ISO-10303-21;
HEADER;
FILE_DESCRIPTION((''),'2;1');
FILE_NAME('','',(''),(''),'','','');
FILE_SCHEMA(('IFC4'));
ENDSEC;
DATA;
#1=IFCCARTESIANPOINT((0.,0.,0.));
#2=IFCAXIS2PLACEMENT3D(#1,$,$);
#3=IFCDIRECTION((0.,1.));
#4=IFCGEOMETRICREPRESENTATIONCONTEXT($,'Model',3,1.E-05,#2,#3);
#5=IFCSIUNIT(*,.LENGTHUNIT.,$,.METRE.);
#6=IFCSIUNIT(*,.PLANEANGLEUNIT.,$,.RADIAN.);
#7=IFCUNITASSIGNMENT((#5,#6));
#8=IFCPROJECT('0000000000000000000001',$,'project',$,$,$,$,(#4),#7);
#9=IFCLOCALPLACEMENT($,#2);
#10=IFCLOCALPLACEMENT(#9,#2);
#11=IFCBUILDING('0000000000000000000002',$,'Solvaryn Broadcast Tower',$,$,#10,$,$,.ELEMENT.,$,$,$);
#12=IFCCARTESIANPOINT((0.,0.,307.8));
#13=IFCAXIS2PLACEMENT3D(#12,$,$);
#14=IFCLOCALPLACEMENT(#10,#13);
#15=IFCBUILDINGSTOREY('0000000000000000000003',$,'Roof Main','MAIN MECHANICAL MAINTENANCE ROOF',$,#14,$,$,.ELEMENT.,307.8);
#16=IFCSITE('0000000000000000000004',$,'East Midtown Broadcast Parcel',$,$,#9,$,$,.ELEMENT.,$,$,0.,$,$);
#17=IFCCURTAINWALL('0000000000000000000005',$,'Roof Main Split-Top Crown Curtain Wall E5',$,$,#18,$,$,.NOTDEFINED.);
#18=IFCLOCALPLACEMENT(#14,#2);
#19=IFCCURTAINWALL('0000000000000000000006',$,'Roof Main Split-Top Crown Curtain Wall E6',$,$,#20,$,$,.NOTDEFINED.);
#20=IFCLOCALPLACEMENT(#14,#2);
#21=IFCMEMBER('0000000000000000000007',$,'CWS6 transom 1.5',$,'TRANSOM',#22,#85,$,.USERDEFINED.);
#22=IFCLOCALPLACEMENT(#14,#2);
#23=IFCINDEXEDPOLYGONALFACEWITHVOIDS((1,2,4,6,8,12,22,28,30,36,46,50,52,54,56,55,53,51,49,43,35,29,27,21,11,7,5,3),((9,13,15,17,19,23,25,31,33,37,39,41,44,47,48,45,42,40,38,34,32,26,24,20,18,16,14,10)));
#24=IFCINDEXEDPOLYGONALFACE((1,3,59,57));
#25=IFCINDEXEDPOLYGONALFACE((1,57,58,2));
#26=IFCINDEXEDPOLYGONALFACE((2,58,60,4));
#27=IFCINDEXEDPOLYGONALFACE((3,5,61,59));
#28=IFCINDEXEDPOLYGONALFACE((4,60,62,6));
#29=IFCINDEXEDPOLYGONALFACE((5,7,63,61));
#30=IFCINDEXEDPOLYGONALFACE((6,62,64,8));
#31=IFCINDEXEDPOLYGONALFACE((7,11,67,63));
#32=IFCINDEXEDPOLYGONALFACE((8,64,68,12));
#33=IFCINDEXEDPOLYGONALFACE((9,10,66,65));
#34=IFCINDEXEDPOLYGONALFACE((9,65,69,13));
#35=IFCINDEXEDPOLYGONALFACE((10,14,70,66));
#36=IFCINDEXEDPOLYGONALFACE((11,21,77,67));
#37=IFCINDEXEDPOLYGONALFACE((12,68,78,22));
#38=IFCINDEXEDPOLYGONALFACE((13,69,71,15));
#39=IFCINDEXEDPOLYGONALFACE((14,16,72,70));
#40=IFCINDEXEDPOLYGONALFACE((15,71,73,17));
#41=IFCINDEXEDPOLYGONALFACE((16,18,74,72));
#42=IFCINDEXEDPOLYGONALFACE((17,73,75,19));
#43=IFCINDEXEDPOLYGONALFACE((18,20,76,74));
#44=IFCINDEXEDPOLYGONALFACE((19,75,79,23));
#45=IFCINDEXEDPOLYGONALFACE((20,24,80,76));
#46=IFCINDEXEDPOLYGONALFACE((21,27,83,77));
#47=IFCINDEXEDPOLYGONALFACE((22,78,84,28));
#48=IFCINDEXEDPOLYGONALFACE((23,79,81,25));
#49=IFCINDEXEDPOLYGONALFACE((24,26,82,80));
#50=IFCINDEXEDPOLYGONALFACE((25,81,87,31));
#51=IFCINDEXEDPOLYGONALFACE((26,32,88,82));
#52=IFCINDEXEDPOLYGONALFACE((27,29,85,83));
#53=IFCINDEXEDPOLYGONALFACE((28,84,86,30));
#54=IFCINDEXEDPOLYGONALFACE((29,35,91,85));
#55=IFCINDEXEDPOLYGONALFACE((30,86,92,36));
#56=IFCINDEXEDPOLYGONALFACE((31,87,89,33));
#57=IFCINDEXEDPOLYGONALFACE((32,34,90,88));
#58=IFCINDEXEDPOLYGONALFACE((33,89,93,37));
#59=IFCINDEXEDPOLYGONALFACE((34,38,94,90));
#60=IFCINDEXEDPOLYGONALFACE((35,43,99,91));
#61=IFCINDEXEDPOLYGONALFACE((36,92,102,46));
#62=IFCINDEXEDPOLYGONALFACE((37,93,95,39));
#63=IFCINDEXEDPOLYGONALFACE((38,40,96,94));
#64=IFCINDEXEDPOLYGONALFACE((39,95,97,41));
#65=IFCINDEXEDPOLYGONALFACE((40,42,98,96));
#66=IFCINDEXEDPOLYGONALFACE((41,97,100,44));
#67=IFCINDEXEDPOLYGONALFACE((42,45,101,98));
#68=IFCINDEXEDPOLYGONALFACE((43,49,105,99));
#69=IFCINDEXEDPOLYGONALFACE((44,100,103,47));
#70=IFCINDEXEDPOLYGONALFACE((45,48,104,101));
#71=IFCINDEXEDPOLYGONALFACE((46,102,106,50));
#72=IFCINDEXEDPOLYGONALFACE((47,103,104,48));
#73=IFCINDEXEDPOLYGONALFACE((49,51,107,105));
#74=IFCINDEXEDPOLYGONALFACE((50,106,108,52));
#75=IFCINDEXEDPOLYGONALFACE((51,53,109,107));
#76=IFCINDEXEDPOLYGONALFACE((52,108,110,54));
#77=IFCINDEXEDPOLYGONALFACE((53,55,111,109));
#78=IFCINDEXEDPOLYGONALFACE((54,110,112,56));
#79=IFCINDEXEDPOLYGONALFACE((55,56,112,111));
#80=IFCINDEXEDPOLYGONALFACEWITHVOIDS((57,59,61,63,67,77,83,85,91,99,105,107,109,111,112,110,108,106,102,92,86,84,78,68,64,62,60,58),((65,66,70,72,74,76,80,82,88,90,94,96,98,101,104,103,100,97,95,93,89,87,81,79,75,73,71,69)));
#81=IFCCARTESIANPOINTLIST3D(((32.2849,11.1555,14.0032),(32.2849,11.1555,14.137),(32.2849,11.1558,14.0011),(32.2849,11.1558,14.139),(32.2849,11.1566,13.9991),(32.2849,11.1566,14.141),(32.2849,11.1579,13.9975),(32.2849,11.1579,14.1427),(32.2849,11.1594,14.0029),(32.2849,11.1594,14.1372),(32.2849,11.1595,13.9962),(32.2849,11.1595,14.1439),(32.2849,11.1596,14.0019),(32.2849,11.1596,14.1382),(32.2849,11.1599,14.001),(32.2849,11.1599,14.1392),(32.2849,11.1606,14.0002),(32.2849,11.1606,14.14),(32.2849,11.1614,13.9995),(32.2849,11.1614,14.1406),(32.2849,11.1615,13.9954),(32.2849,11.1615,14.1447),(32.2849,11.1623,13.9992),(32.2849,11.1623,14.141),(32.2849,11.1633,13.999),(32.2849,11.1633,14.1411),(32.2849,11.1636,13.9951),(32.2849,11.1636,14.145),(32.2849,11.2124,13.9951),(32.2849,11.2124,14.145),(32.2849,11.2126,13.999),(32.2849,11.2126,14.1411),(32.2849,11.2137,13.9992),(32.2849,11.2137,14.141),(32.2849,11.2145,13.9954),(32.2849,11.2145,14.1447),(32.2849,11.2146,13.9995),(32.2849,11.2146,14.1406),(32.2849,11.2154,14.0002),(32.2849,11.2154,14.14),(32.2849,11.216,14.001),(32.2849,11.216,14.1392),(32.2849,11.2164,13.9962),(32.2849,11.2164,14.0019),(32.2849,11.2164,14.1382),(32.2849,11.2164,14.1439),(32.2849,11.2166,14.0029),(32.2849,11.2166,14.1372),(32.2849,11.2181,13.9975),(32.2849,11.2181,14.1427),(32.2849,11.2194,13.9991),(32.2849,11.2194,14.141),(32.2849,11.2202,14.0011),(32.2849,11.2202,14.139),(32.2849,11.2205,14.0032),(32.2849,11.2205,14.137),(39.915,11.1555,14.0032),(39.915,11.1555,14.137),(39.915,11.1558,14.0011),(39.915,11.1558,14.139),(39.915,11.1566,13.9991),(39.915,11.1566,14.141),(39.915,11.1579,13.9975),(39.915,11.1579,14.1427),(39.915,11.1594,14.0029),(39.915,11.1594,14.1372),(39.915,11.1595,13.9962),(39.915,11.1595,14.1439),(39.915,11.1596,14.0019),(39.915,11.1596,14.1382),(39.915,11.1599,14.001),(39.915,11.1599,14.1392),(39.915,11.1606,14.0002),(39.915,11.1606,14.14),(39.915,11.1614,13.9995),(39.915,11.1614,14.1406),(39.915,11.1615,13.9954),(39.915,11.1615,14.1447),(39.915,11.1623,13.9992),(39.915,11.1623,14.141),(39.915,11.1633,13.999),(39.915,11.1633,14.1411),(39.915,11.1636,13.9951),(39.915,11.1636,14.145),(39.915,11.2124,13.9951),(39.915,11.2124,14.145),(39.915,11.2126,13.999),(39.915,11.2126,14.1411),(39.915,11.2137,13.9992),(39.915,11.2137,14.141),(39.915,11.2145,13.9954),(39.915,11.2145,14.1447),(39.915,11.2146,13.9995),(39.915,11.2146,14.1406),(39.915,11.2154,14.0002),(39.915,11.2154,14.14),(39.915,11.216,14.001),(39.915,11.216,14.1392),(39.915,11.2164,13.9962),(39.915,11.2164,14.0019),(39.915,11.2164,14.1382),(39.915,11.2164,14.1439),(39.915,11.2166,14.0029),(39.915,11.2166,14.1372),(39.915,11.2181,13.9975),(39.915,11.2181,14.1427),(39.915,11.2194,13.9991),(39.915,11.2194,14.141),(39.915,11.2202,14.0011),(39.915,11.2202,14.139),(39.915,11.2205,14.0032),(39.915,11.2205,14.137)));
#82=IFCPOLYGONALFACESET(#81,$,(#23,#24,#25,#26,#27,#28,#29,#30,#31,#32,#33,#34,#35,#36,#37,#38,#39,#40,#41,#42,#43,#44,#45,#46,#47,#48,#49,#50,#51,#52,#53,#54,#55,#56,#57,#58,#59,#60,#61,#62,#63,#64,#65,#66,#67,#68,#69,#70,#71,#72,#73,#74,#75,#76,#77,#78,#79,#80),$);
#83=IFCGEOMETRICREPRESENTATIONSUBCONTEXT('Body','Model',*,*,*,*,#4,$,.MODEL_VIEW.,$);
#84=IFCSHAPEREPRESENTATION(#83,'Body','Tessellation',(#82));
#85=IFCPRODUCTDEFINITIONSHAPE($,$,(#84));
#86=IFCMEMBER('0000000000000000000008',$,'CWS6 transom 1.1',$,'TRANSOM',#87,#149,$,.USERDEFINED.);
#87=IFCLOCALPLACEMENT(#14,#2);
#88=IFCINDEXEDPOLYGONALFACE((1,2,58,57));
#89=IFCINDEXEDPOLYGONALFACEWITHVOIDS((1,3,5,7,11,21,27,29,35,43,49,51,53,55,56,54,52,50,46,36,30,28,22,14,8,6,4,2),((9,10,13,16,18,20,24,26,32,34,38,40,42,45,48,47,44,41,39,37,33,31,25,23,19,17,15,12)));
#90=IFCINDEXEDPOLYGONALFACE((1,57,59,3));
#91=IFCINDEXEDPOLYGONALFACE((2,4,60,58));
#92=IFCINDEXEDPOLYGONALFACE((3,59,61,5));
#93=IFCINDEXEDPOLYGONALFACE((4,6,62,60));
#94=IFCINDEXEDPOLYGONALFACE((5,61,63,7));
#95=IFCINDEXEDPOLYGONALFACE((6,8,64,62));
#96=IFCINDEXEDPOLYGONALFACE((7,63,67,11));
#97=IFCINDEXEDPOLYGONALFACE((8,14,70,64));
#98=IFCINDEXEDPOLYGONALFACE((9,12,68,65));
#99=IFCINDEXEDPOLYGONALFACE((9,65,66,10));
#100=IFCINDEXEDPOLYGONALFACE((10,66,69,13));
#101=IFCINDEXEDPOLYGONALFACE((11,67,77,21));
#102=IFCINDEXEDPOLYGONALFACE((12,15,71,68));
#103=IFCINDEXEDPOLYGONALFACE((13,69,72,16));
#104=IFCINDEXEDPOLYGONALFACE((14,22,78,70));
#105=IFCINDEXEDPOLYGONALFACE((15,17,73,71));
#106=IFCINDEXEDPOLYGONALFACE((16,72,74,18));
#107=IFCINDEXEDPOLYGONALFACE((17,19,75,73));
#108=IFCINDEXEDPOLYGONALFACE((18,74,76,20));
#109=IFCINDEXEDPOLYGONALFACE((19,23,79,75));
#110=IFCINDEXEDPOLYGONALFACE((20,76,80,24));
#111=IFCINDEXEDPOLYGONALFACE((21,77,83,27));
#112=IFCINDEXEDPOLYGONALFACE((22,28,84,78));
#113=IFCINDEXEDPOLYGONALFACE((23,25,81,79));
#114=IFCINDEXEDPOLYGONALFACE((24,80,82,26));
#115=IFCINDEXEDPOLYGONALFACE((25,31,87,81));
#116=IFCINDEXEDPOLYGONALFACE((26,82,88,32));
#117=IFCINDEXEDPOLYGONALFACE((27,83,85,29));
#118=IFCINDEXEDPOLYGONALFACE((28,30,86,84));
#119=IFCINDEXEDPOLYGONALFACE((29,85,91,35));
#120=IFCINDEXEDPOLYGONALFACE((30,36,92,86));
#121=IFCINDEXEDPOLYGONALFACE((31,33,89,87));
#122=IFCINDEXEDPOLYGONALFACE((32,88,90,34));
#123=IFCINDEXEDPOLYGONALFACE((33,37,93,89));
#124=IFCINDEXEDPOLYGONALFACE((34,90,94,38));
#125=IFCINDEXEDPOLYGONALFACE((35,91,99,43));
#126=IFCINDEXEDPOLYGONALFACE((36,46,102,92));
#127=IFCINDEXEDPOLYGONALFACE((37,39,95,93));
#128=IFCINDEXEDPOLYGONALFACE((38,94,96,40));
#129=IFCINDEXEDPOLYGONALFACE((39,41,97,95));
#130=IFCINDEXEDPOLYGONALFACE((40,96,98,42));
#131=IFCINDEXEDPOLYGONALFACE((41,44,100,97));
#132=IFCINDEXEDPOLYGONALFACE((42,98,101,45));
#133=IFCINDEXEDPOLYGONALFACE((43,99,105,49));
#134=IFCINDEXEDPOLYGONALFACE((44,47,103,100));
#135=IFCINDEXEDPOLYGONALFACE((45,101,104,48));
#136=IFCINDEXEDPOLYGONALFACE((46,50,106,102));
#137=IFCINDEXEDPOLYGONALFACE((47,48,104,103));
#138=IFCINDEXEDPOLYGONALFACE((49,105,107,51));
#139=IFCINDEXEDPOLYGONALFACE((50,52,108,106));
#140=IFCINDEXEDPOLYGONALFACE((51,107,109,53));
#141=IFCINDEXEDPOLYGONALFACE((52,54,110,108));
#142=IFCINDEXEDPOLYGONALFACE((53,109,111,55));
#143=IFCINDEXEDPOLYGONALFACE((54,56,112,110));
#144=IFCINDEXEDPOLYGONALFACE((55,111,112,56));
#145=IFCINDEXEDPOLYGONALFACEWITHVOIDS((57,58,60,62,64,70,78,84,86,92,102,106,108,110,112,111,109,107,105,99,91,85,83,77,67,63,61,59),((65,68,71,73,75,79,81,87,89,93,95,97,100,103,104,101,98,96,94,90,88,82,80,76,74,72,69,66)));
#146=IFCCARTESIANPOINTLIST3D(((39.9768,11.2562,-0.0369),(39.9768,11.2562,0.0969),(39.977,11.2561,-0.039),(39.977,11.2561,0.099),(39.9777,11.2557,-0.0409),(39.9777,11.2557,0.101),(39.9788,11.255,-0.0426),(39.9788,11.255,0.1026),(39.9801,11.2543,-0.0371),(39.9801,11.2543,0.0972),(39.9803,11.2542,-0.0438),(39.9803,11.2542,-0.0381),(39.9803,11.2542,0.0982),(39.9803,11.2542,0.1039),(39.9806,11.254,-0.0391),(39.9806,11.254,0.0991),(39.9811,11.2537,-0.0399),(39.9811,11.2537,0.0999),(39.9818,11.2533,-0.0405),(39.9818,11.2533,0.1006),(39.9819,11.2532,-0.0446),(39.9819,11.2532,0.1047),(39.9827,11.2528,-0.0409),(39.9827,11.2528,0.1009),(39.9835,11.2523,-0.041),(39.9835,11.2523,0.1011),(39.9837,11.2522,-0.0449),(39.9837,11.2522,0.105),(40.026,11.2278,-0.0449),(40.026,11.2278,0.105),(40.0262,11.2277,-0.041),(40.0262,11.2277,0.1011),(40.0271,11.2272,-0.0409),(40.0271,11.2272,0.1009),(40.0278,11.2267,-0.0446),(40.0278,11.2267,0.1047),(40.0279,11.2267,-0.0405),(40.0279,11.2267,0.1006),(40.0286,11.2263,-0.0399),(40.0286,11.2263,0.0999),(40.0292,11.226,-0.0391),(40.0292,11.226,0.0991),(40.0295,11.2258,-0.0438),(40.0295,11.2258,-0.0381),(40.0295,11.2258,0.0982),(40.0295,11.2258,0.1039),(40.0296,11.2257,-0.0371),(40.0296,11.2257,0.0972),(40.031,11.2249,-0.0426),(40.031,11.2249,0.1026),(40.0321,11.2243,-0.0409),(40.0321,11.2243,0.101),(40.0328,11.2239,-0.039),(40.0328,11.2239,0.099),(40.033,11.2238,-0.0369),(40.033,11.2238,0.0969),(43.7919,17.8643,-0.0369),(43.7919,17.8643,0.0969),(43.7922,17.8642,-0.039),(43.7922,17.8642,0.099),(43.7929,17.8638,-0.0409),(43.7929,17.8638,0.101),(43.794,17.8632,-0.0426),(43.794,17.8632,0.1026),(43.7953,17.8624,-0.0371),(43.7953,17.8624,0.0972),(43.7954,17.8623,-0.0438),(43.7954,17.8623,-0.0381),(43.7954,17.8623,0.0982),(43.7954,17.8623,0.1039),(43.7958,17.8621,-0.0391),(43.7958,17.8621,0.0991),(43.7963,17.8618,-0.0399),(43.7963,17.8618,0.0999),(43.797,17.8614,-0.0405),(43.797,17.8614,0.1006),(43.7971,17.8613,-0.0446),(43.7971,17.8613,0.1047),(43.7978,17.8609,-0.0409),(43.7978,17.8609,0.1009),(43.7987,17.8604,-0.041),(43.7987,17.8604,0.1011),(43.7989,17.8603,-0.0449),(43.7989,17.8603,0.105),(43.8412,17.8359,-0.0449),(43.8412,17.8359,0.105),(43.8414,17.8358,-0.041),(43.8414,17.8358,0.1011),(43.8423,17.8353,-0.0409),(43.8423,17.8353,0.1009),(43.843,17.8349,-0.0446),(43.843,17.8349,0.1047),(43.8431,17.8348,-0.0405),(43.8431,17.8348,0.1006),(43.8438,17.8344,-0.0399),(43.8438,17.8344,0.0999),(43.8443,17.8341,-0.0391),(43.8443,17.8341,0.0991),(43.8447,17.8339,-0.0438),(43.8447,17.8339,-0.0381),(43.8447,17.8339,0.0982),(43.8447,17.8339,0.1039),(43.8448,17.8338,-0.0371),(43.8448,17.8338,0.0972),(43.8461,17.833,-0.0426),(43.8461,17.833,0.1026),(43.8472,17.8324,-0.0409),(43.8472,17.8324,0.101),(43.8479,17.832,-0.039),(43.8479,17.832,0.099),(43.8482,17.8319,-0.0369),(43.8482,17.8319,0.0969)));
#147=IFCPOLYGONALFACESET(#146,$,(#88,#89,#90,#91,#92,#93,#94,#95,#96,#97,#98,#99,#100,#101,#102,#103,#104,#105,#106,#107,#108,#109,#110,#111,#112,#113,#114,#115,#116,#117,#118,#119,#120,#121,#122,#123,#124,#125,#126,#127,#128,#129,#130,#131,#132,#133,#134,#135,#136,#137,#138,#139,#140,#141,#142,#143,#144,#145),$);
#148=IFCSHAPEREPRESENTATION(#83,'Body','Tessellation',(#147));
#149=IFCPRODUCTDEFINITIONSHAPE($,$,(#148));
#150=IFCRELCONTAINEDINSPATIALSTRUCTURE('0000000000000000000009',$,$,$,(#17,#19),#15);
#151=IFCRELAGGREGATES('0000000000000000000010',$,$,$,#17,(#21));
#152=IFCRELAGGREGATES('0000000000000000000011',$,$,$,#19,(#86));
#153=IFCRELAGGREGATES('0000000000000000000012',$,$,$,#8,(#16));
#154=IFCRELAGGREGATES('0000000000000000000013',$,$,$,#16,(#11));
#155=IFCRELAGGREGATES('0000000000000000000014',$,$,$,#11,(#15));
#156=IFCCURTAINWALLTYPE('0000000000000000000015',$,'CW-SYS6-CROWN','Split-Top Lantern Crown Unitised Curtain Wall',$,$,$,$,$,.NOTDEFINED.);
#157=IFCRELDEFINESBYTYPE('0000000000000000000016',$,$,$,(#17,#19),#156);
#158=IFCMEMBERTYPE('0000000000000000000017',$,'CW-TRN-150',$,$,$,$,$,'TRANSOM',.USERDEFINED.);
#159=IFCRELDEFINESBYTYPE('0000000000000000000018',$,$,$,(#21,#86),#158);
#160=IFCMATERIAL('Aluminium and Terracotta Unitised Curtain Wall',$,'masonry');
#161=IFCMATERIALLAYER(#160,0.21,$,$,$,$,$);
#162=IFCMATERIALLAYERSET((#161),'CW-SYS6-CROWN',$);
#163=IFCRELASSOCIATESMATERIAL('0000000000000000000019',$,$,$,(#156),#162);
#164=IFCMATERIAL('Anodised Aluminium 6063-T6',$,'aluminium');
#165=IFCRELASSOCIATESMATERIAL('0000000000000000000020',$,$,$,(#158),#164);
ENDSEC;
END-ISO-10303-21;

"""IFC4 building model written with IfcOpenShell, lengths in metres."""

from ifc_helpers import new_model, si_unit, direction, frame, origin, origin_2d, place, context, subcontext, project, spatial, hollow_rectangle, extrude, material, layer, layer_set, material_profile, profile_set, type_object, element, aggregate, save


model = new_model("IFC4")

# Units and contexts
model_context = context("Model", 3, precision=1e-05, world=origin(), true_north=direction((0.0, 1.0)))
body_context = subcontext(model_context, "Body", "Model", "MODEL_VIEW")
ifc_project = project(units=[si_unit("LENGTHUNIT", "METRE"), si_unit("PLANEANGLEUNIT", "RADIAN")], contexts=[model_context])

# Site, building, storey
site_placement = place(None, origin())
site = spatial("IfcSite", under=ifc_project, at=site_placement, Name="East Midtown Broadcast Parcel", CompositionType="ELEMENT", RefElevation=0.0)
building_placement = place(site_placement, origin())
building = spatial("IfcBuilding", under=site, at=building_placement, Name="Solvaryn Broadcast Tower", CompositionType="ELEMENT")
storey_placement = place(building_placement, frame((0.0, 0.0, 307.8)))
storey = spatial("IfcBuildingStorey", under=building, at=storey_placement, Name="Roof Main", Description="MAIN MECHANICAL MAINTENANCE ROOF", CompositionType="ELEMENT", Elevation=307.8)

# Curtain wall
ifc_material_1 = material(Name="Aluminium and Terracotta Unitised Curtain Wall", Category="masonry")
ifc_layer_1 = layer(ifc_material_1, 0.21)
ifc_layer_set_1 = layer_set([ifc_layer_1], Name="CW-SYS6-CROWN")
curtain_wall_type = type_object("IfcCurtainWallType", Name="CW-SYS6-CROWN", Description="Split-Top Lantern Crown Unitised Curtain Wall", PredefinedType="NOTDEFINED", material=ifc_layer_set_1)
curtain_wall_1_placement = place(storey_placement, origin())
curtain_wall_1 = element("IfcCurtainWall", 1, at=curtain_wall_1_placement, inside=storey, type_object=curtain_wall_type, Name="Roof Main Split-Top Crown Curtain Wall E5", PredefinedType="NOTDEFINED")

# Curtain wall
curtain_wall_2_placement = place(storey_placement, origin())
curtain_wall_2 = element("IfcCurtainWall", 2, at=curtain_wall_2_placement, inside=storey, type_object=curtain_wall_type, Name="Roof Main Split-Top Crown Curtain Wall E6", PredefinedType="NOTDEFINED")

# Members
ifc_material_2 = material(Name="Anodised Aluminium 6063-T6", Category="aluminium")
ifc_material_profile_1 = material_profile(ifc_material_2, hollow_rectangle(XDim=0.0649, YDim=0.1499, WallThickness=0.0039, InnerFilletRadius=0.0039, OuterFilletRadius=0.0081, at=origin_2d()))
ifc_profile_set_1 = profile_set([ifc_material_profile_1], Name="Anodised Aluminium 6063-T6")
member_type_1 = type_object("IfcMemberType", Name="CW-TRN-150", ElementType="TRANSOM", PredefinedType="USERDEFINED", material=ifc_profile_set_1)
member_1_placement = place(storey_placement, frame((32.2849, 11.188, 14.0701), z_axis=(1.0, 0.0, 0.0), x_axis=(0.0, 1.0, 0.0)))
member_1 = element("IfcMember", 3, at=member_1_placement, type_object=member_type_1, Name="CWS6 transom 1.5", ObjectType="TRANSOM", PredefinedType="USERDEFINED", context=body_context, shape_type="SweptSolid", body=[
    extrude(hollow_rectangle(XDim=0.0649, YDim=0.1499, WallThickness=0.0039, InnerFilletRadius=0.0039, OuterFilletRadius=0.0081, at=origin_2d()), origin(), (0.0, 0.0, 1.0), 7.6301),
])
member_2_placement = place(storey_placement, frame((40.0049, 11.24, 0.03), z_axis=(0.499997, 0.866027, 0.0), x_axis=(-0.866027, 0.499997, 0.0)))
member_2 = element("IfcMember", 4, at=member_2_placement, type_object=member_type_1, Name="CWS6 transom 1.1", ObjectType="TRANSOM", PredefinedType="USERDEFINED", context=body_context, shape_type="SweptSolid", body=[
    extrude(hollow_rectangle(XDim=0.0649, YDim=0.1499, WallThickness=0.0039, InnerFilletRadius=0.0039, OuterFilletRadius=0.0081, at=origin_2d()), origin(), (0.0, 0.0, 1.0), 7.6304),
])

aggregate(curtain_wall_1, [member_1])
aggregate(curtain_wall_2, [member_2])

save(model, "model.ifc")
